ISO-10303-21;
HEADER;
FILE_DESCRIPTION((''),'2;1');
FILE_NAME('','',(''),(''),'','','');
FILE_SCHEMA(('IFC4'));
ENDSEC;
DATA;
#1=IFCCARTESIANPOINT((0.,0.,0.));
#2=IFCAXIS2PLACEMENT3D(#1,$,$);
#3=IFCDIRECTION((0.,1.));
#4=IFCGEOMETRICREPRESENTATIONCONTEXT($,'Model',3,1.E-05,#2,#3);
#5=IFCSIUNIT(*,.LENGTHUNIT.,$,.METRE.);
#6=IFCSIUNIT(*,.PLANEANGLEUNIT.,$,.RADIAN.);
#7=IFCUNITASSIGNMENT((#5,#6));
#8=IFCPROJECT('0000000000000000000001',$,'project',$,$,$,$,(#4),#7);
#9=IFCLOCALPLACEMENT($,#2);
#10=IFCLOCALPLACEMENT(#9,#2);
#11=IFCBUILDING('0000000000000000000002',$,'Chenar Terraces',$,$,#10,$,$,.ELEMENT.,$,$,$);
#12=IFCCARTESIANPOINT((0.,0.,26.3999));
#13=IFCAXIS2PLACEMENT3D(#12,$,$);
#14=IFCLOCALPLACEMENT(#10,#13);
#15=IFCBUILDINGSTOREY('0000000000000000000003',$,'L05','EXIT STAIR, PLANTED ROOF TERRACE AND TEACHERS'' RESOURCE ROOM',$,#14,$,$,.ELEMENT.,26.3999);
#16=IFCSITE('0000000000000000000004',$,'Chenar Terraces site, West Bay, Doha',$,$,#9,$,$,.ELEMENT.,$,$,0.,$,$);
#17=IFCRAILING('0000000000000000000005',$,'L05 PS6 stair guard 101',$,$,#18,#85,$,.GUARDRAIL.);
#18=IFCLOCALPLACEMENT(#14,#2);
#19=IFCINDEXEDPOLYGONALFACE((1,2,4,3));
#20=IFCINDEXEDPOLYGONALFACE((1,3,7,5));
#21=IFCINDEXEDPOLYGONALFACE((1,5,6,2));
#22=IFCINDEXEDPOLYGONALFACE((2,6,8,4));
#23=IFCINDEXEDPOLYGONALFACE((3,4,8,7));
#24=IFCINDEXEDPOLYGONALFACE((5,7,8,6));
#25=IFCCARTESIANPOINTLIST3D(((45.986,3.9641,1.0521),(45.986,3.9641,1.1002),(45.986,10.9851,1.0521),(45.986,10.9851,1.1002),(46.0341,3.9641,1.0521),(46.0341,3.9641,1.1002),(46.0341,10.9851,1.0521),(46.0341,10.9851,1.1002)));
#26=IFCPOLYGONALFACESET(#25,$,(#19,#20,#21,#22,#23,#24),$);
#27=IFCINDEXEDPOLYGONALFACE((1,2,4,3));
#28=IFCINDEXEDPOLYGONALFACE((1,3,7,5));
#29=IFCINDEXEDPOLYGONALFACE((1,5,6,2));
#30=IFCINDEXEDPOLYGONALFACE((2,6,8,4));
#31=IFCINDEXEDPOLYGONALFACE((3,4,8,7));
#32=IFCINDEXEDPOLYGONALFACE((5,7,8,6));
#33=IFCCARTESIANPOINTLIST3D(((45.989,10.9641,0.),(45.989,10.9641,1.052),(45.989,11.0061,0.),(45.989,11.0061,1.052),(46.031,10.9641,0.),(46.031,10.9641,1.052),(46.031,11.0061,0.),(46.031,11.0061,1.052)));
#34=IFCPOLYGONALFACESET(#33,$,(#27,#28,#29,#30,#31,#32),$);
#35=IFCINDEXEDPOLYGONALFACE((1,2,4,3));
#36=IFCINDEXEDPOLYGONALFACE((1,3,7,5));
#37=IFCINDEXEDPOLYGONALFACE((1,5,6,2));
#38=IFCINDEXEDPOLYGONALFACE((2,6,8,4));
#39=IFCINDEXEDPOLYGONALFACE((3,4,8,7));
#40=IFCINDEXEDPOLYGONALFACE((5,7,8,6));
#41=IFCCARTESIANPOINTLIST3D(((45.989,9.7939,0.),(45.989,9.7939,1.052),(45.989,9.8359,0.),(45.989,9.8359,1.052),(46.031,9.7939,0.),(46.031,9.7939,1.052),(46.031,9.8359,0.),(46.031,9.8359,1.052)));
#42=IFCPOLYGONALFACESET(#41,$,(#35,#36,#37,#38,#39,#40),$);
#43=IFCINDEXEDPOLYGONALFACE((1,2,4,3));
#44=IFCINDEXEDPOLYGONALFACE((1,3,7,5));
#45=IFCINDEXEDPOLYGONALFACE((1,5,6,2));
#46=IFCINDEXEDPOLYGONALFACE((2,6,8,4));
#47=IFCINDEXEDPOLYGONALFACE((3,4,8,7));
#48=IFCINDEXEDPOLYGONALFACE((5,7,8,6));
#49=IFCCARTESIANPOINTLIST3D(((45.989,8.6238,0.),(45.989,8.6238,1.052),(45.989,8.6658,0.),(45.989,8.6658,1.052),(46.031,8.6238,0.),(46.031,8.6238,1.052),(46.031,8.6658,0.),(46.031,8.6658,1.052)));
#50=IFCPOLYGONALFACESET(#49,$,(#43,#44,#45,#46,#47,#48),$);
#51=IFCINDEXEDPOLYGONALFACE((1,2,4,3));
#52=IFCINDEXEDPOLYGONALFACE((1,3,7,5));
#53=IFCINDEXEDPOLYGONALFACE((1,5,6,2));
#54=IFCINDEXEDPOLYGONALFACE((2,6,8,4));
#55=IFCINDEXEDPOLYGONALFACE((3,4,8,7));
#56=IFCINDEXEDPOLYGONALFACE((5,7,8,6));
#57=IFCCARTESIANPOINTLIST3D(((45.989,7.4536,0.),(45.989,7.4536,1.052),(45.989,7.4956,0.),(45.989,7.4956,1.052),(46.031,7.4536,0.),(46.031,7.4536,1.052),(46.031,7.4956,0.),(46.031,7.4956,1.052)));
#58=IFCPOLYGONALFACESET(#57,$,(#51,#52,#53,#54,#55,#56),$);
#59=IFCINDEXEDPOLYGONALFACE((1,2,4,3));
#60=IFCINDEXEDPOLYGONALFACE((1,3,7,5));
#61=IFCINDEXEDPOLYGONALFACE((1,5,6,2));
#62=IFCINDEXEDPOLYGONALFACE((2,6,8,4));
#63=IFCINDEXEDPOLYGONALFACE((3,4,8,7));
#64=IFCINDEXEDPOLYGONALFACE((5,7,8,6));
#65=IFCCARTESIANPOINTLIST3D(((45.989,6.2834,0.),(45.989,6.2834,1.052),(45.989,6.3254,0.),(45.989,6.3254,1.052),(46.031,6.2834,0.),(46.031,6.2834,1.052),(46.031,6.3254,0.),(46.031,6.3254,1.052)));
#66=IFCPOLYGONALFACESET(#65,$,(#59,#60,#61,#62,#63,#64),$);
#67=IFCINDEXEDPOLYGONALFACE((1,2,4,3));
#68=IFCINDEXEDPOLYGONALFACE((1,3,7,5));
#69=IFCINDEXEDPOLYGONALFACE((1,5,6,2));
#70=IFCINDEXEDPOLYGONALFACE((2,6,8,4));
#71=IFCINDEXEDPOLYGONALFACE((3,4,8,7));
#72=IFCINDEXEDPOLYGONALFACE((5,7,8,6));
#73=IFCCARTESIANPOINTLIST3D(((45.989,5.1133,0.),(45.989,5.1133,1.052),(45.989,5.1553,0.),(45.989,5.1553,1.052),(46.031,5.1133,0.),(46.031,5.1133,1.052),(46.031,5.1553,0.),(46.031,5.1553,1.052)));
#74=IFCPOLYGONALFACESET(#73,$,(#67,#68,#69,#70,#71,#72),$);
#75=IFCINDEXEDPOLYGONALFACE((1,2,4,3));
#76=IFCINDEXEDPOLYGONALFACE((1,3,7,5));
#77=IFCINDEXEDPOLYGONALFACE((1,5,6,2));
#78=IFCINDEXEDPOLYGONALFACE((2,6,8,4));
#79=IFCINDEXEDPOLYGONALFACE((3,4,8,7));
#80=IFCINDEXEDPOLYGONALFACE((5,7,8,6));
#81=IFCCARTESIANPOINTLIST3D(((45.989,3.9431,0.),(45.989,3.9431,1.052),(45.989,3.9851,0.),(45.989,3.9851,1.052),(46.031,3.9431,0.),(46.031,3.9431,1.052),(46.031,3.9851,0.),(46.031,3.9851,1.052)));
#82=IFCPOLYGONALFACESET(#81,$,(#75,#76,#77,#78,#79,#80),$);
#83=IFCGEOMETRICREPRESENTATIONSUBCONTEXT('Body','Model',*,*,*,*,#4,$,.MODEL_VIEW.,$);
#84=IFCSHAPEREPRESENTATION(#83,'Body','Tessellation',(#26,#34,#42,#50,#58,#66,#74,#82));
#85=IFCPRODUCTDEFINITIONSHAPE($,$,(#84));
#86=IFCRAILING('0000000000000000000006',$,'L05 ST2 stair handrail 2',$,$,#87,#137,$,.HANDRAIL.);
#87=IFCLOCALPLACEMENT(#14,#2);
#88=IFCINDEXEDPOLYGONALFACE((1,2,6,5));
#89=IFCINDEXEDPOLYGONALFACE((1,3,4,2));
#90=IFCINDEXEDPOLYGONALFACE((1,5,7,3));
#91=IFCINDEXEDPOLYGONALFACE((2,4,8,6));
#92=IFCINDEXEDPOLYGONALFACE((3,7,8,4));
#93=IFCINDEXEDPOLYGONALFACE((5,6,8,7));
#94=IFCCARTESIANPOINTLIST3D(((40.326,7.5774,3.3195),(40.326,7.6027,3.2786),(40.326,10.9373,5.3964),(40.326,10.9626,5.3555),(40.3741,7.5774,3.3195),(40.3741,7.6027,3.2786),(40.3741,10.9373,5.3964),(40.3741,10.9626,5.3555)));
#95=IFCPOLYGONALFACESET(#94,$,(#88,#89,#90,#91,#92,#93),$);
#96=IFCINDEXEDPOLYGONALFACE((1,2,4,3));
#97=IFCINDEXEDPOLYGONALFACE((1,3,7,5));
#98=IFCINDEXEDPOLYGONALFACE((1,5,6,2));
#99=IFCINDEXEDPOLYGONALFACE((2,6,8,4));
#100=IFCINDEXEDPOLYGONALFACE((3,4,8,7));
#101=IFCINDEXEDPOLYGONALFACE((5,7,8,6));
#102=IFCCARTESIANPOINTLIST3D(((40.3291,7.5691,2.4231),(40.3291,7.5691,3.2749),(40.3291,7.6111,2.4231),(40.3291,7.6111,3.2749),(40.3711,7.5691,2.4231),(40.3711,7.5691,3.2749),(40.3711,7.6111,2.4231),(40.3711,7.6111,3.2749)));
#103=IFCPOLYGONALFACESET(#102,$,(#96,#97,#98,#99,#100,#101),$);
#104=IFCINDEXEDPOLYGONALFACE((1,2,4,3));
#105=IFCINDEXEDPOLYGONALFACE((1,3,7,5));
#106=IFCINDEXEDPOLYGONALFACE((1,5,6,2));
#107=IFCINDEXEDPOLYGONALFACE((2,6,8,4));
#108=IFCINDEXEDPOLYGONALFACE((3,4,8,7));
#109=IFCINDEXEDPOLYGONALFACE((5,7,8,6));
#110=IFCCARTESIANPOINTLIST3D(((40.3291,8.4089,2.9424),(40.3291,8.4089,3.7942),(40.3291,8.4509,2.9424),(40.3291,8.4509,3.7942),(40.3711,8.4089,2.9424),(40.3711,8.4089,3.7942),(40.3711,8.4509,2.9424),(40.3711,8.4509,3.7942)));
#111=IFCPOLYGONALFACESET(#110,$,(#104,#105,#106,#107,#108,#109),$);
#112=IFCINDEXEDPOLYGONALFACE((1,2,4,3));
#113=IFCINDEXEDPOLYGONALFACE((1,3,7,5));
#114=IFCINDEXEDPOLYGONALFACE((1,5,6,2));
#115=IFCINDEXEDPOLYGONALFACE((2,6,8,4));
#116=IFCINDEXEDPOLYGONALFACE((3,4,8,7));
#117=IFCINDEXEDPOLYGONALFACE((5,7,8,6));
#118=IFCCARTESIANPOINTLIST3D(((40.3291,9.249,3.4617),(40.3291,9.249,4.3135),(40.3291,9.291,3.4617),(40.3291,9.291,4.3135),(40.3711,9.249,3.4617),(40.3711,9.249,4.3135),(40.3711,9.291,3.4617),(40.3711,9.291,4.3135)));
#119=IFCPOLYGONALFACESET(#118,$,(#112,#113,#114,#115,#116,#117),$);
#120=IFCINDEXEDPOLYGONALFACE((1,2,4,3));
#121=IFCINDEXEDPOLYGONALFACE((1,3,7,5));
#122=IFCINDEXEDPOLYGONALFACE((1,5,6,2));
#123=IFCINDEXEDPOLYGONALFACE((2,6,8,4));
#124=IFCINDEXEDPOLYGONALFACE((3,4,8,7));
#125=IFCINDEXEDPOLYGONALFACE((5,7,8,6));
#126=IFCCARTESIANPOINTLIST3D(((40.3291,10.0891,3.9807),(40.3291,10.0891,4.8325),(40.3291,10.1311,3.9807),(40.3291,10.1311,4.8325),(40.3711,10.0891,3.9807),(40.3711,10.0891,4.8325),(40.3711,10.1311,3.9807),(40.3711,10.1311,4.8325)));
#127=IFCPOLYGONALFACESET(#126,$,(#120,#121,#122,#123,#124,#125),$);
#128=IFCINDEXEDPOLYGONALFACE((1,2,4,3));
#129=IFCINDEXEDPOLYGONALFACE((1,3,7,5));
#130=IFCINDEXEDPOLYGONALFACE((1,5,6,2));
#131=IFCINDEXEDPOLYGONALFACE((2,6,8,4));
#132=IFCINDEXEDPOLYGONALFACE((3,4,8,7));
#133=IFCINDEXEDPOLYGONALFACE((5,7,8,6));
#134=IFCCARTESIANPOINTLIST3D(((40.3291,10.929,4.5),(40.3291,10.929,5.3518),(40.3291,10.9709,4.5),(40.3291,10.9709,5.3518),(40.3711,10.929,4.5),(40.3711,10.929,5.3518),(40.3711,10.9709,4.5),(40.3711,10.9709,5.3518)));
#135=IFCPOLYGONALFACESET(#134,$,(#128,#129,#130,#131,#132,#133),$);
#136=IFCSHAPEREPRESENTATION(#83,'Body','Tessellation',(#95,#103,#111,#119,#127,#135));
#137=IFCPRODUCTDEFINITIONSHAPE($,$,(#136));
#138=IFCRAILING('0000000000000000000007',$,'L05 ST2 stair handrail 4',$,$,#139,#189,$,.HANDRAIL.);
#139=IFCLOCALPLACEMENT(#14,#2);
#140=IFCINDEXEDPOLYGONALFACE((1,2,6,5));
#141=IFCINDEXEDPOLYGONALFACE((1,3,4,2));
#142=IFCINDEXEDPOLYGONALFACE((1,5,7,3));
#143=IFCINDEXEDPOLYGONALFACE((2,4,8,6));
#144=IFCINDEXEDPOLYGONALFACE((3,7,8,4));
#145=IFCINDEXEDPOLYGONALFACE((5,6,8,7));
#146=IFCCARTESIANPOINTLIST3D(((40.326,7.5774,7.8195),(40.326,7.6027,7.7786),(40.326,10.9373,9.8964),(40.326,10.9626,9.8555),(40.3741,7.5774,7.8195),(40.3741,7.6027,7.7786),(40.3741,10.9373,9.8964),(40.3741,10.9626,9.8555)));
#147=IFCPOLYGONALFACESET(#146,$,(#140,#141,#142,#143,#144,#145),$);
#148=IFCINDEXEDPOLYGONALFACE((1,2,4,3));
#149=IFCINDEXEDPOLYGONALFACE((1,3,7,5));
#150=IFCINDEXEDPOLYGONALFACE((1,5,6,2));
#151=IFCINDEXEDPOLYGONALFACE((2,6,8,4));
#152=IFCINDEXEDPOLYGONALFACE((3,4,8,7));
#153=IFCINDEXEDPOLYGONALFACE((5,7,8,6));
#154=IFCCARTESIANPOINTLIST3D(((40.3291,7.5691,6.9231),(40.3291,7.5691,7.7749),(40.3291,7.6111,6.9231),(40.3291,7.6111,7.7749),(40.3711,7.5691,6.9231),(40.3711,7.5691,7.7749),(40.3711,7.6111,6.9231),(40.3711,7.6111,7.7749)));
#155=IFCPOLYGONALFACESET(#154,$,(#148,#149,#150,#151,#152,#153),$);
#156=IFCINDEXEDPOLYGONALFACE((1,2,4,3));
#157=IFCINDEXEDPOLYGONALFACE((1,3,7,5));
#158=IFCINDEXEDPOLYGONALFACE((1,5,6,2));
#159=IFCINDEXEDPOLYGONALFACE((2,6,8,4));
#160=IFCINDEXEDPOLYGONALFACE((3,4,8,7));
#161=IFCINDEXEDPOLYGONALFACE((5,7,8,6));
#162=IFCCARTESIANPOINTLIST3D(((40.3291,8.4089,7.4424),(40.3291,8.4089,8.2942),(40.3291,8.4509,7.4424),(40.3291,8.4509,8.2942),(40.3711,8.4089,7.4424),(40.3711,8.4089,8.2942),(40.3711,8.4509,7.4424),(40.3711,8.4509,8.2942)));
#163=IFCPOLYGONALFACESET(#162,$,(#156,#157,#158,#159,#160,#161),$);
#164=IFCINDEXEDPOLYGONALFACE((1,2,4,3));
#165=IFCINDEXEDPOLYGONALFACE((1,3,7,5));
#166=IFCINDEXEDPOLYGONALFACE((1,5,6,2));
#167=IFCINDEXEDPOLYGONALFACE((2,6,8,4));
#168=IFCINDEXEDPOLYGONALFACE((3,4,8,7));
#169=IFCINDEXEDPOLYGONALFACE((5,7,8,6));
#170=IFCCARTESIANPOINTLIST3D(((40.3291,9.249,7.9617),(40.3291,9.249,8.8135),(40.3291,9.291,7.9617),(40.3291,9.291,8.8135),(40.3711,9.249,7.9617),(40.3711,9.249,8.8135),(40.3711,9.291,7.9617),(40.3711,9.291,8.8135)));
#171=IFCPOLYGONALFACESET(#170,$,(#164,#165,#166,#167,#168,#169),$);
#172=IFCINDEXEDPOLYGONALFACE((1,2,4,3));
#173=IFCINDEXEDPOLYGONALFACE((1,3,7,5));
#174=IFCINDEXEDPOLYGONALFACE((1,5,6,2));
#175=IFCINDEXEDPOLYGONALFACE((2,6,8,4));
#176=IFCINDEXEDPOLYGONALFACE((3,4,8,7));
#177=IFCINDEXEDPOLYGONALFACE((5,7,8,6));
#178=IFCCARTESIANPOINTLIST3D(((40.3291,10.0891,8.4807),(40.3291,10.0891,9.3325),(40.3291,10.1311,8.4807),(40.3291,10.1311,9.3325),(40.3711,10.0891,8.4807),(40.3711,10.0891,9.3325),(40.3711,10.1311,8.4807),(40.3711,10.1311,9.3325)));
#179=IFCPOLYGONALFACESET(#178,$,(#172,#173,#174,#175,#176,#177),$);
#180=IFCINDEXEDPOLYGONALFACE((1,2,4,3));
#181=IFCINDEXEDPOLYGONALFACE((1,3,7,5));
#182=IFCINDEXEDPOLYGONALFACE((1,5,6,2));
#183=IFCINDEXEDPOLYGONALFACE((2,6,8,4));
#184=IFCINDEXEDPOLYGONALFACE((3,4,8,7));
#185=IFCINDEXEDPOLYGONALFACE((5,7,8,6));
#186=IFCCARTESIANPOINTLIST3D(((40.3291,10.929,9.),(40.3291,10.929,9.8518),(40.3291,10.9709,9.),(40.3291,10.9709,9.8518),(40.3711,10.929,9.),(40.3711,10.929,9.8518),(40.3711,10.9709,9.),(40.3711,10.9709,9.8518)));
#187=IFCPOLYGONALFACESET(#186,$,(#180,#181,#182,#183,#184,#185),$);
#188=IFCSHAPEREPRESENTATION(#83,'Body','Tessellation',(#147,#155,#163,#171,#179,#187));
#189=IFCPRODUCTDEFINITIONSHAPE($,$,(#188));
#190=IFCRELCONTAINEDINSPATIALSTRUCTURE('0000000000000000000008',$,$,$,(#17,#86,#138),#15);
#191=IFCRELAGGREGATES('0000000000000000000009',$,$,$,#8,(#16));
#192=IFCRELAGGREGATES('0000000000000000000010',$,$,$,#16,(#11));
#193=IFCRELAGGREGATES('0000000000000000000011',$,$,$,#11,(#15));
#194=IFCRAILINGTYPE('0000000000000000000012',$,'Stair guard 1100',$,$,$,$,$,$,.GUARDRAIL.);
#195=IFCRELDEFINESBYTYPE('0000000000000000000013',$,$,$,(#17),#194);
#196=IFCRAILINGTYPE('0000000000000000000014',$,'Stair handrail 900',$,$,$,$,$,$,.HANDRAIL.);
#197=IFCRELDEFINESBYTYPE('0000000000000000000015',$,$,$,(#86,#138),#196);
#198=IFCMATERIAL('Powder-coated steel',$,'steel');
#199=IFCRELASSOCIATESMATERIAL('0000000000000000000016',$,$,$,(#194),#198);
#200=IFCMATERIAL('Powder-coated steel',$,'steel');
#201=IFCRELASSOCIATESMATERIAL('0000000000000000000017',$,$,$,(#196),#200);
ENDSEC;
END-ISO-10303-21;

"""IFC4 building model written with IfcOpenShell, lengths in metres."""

from ifc_helpers import new_model, si_unit, direction, frame, origin, origin_2d, place, context, subcontext, project, spatial, rectangle, extrude, material, type_object, element, save


model = new_model("IFC4")

# Units and contexts
model_context = context("Model", 3, precision=1e-05, world=origin(), true_north=direction((0.0, 1.0)))
body_context = subcontext(model_context, "Body", "Model", "MODEL_VIEW")
ifc_project = project(units=[si_unit("LENGTHUNIT", "METRE"), si_unit("PLANEANGLEUNIT", "RADIAN")], contexts=[model_context])

# Site, building, storey
site_placement = place(None, origin())
site = spatial("IfcSite", under=ifc_project, at=site_placement, Name="Chenar Terraces site, West Bay, Doha", CompositionType="ELEMENT", RefElevation=0.0)
building_placement = place(site_placement, origin())
building = spatial("IfcBuilding", under=site, at=building_placement, Name="Chenar Terraces", CompositionType="ELEMENT")
storey_placement = place(building_placement, frame((0.0, 0.0, 26.3999)))
storey = spatial("IfcBuildingStorey", under=building, at=storey_placement, Name="L05", Description="EXIT STAIR, PLANTED ROOF TERRACE AND TEACHERS' RESOURCE ROOM", CompositionType="ELEMENT", Elevation=26.3999)

# Railings
ifc_material_1 = material(Name="Powder-coated steel", Category="steel")
railing_type_1 = type_object("IfcRailingType", Name="Stair guard 1100", PredefinedType="GUARDRAIL", material=ifc_material_1)
railing_1_placement = place(storey_placement, frame((46.01, 10.9851, 0.0)))
element("IfcRailing", 1, at=railing_1_placement, inside=storey, type_object=railing_type_1, Name="L05 PS6 stair guard 101", PredefinedType="GUARDRAIL", context=body_context, shape_type="SweptSolid", body=[
    extrude(rectangle(XDim=0.0481, YDim=0.0481, at=origin_2d()), frame((0.0, 0.0, 1.0762), z_axis=(0.0, -1.0, 0.0), x_axis=(1.0, 0.0, 0.0)), (0.0, 0.0, 1.0), 7.021),
    extrude(rectangle(XDim=0.042, YDim=0.042, at=origin_2d()), origin(), (0.0, 0.0, 1.0), 1.052),
    extrude(rectangle(XDim=0.042, YDim=0.042, at=origin_2d()), frame((0.0, -1.1702, 0.0)), (0.0, 0.0, 1.0), 1.052),
    extrude(rectangle(XDim=0.042, YDim=0.042, at=origin_2d()), frame((0.0, -2.3403, 0.0)), (0.0, 0.0, 1.0), 1.052),
    extrude(rectangle(XDim=0.042, YDim=0.042, at=origin_2d()), frame((0.0, -3.5105, 0.0)), (0.0, 0.0, 1.0), 1.052),
    extrude(rectangle(XDim=0.042, YDim=0.042, at=origin_2d()), frame((0.0, -4.6807, 0.0)), (0.0, 0.0, 1.0), 1.052),
    extrude(rectangle(XDim=0.042, YDim=0.042, at=origin_2d()), frame((0.0, -5.8508, 0.0)), (0.0, 0.0, 1.0), 1.052),
    extrude(rectangle(XDim=0.042, YDim=0.042, at=origin_2d()), frame((0.0, -7.021, 0.0)), (0.0, 0.0, 1.0), 1.052),
])
ifc_material_2 = material(Name="Powder-coated steel", Category="steel")
railing_type_2 = type_object("IfcRailingType", Name="Stair handrail 900", PredefinedType="HANDRAIL", material=ifc_material_2)
for number, where, name in (
    (2, (40.3501, 7.5901, 2.4231), "L05 ST2 stair handrail 2"),
    (3, (40.3501, 7.5901, 6.9231), "L05 ST2 stair handrail 4"),
):
    element("IfcRailing", number, at=place(storey_placement, frame(where)), inside=storey, type_object=railing_type_2, Name=name, PredefinedType="HANDRAIL", context=body_context, shape_type="SweptSolid", body=[
        extrude(rectangle(XDim=0.0481, YDim=0.0481, at=origin_2d()), frame((0.0, 0.0, 0.876), z_axis=(0.0, 0.850606, 0.525803), x_axis=(-1.0, 0.0, 0.0)), (0.0, 0.0, 1.0), 3.95),
        extrude(rectangle(XDim=0.042, YDim=0.042, at=origin_2d()), origin(), (0.0, 0.0, 1.0), 0.8518),
        extrude(rectangle(XDim=0.042, YDim=0.042, at=origin_2d()), frame((0.0, 0.8398, 0.5193)), (0.0, 0.0, 1.0), 0.8518),
        extrude(rectangle(XDim=0.042, YDim=0.042, at=origin_2d()), frame((0.0, 1.6799, 1.0386)), (0.0, 0.0, 1.0), 0.8518),
        extrude(rectangle(XDim=0.042, YDim=0.042, at=origin_2d()), frame((0.0, 2.52, 1.5576)), (0.0, 0.0, 1.0), 0.8518),
        extrude(rectangle(XDim=0.042, YDim=0.042, at=origin_2d()), frame((0.0, 3.3599, 2.0769)), (0.0, 0.0, 1.0), 0.8518),
    ])

save(model, "model.ifc")
